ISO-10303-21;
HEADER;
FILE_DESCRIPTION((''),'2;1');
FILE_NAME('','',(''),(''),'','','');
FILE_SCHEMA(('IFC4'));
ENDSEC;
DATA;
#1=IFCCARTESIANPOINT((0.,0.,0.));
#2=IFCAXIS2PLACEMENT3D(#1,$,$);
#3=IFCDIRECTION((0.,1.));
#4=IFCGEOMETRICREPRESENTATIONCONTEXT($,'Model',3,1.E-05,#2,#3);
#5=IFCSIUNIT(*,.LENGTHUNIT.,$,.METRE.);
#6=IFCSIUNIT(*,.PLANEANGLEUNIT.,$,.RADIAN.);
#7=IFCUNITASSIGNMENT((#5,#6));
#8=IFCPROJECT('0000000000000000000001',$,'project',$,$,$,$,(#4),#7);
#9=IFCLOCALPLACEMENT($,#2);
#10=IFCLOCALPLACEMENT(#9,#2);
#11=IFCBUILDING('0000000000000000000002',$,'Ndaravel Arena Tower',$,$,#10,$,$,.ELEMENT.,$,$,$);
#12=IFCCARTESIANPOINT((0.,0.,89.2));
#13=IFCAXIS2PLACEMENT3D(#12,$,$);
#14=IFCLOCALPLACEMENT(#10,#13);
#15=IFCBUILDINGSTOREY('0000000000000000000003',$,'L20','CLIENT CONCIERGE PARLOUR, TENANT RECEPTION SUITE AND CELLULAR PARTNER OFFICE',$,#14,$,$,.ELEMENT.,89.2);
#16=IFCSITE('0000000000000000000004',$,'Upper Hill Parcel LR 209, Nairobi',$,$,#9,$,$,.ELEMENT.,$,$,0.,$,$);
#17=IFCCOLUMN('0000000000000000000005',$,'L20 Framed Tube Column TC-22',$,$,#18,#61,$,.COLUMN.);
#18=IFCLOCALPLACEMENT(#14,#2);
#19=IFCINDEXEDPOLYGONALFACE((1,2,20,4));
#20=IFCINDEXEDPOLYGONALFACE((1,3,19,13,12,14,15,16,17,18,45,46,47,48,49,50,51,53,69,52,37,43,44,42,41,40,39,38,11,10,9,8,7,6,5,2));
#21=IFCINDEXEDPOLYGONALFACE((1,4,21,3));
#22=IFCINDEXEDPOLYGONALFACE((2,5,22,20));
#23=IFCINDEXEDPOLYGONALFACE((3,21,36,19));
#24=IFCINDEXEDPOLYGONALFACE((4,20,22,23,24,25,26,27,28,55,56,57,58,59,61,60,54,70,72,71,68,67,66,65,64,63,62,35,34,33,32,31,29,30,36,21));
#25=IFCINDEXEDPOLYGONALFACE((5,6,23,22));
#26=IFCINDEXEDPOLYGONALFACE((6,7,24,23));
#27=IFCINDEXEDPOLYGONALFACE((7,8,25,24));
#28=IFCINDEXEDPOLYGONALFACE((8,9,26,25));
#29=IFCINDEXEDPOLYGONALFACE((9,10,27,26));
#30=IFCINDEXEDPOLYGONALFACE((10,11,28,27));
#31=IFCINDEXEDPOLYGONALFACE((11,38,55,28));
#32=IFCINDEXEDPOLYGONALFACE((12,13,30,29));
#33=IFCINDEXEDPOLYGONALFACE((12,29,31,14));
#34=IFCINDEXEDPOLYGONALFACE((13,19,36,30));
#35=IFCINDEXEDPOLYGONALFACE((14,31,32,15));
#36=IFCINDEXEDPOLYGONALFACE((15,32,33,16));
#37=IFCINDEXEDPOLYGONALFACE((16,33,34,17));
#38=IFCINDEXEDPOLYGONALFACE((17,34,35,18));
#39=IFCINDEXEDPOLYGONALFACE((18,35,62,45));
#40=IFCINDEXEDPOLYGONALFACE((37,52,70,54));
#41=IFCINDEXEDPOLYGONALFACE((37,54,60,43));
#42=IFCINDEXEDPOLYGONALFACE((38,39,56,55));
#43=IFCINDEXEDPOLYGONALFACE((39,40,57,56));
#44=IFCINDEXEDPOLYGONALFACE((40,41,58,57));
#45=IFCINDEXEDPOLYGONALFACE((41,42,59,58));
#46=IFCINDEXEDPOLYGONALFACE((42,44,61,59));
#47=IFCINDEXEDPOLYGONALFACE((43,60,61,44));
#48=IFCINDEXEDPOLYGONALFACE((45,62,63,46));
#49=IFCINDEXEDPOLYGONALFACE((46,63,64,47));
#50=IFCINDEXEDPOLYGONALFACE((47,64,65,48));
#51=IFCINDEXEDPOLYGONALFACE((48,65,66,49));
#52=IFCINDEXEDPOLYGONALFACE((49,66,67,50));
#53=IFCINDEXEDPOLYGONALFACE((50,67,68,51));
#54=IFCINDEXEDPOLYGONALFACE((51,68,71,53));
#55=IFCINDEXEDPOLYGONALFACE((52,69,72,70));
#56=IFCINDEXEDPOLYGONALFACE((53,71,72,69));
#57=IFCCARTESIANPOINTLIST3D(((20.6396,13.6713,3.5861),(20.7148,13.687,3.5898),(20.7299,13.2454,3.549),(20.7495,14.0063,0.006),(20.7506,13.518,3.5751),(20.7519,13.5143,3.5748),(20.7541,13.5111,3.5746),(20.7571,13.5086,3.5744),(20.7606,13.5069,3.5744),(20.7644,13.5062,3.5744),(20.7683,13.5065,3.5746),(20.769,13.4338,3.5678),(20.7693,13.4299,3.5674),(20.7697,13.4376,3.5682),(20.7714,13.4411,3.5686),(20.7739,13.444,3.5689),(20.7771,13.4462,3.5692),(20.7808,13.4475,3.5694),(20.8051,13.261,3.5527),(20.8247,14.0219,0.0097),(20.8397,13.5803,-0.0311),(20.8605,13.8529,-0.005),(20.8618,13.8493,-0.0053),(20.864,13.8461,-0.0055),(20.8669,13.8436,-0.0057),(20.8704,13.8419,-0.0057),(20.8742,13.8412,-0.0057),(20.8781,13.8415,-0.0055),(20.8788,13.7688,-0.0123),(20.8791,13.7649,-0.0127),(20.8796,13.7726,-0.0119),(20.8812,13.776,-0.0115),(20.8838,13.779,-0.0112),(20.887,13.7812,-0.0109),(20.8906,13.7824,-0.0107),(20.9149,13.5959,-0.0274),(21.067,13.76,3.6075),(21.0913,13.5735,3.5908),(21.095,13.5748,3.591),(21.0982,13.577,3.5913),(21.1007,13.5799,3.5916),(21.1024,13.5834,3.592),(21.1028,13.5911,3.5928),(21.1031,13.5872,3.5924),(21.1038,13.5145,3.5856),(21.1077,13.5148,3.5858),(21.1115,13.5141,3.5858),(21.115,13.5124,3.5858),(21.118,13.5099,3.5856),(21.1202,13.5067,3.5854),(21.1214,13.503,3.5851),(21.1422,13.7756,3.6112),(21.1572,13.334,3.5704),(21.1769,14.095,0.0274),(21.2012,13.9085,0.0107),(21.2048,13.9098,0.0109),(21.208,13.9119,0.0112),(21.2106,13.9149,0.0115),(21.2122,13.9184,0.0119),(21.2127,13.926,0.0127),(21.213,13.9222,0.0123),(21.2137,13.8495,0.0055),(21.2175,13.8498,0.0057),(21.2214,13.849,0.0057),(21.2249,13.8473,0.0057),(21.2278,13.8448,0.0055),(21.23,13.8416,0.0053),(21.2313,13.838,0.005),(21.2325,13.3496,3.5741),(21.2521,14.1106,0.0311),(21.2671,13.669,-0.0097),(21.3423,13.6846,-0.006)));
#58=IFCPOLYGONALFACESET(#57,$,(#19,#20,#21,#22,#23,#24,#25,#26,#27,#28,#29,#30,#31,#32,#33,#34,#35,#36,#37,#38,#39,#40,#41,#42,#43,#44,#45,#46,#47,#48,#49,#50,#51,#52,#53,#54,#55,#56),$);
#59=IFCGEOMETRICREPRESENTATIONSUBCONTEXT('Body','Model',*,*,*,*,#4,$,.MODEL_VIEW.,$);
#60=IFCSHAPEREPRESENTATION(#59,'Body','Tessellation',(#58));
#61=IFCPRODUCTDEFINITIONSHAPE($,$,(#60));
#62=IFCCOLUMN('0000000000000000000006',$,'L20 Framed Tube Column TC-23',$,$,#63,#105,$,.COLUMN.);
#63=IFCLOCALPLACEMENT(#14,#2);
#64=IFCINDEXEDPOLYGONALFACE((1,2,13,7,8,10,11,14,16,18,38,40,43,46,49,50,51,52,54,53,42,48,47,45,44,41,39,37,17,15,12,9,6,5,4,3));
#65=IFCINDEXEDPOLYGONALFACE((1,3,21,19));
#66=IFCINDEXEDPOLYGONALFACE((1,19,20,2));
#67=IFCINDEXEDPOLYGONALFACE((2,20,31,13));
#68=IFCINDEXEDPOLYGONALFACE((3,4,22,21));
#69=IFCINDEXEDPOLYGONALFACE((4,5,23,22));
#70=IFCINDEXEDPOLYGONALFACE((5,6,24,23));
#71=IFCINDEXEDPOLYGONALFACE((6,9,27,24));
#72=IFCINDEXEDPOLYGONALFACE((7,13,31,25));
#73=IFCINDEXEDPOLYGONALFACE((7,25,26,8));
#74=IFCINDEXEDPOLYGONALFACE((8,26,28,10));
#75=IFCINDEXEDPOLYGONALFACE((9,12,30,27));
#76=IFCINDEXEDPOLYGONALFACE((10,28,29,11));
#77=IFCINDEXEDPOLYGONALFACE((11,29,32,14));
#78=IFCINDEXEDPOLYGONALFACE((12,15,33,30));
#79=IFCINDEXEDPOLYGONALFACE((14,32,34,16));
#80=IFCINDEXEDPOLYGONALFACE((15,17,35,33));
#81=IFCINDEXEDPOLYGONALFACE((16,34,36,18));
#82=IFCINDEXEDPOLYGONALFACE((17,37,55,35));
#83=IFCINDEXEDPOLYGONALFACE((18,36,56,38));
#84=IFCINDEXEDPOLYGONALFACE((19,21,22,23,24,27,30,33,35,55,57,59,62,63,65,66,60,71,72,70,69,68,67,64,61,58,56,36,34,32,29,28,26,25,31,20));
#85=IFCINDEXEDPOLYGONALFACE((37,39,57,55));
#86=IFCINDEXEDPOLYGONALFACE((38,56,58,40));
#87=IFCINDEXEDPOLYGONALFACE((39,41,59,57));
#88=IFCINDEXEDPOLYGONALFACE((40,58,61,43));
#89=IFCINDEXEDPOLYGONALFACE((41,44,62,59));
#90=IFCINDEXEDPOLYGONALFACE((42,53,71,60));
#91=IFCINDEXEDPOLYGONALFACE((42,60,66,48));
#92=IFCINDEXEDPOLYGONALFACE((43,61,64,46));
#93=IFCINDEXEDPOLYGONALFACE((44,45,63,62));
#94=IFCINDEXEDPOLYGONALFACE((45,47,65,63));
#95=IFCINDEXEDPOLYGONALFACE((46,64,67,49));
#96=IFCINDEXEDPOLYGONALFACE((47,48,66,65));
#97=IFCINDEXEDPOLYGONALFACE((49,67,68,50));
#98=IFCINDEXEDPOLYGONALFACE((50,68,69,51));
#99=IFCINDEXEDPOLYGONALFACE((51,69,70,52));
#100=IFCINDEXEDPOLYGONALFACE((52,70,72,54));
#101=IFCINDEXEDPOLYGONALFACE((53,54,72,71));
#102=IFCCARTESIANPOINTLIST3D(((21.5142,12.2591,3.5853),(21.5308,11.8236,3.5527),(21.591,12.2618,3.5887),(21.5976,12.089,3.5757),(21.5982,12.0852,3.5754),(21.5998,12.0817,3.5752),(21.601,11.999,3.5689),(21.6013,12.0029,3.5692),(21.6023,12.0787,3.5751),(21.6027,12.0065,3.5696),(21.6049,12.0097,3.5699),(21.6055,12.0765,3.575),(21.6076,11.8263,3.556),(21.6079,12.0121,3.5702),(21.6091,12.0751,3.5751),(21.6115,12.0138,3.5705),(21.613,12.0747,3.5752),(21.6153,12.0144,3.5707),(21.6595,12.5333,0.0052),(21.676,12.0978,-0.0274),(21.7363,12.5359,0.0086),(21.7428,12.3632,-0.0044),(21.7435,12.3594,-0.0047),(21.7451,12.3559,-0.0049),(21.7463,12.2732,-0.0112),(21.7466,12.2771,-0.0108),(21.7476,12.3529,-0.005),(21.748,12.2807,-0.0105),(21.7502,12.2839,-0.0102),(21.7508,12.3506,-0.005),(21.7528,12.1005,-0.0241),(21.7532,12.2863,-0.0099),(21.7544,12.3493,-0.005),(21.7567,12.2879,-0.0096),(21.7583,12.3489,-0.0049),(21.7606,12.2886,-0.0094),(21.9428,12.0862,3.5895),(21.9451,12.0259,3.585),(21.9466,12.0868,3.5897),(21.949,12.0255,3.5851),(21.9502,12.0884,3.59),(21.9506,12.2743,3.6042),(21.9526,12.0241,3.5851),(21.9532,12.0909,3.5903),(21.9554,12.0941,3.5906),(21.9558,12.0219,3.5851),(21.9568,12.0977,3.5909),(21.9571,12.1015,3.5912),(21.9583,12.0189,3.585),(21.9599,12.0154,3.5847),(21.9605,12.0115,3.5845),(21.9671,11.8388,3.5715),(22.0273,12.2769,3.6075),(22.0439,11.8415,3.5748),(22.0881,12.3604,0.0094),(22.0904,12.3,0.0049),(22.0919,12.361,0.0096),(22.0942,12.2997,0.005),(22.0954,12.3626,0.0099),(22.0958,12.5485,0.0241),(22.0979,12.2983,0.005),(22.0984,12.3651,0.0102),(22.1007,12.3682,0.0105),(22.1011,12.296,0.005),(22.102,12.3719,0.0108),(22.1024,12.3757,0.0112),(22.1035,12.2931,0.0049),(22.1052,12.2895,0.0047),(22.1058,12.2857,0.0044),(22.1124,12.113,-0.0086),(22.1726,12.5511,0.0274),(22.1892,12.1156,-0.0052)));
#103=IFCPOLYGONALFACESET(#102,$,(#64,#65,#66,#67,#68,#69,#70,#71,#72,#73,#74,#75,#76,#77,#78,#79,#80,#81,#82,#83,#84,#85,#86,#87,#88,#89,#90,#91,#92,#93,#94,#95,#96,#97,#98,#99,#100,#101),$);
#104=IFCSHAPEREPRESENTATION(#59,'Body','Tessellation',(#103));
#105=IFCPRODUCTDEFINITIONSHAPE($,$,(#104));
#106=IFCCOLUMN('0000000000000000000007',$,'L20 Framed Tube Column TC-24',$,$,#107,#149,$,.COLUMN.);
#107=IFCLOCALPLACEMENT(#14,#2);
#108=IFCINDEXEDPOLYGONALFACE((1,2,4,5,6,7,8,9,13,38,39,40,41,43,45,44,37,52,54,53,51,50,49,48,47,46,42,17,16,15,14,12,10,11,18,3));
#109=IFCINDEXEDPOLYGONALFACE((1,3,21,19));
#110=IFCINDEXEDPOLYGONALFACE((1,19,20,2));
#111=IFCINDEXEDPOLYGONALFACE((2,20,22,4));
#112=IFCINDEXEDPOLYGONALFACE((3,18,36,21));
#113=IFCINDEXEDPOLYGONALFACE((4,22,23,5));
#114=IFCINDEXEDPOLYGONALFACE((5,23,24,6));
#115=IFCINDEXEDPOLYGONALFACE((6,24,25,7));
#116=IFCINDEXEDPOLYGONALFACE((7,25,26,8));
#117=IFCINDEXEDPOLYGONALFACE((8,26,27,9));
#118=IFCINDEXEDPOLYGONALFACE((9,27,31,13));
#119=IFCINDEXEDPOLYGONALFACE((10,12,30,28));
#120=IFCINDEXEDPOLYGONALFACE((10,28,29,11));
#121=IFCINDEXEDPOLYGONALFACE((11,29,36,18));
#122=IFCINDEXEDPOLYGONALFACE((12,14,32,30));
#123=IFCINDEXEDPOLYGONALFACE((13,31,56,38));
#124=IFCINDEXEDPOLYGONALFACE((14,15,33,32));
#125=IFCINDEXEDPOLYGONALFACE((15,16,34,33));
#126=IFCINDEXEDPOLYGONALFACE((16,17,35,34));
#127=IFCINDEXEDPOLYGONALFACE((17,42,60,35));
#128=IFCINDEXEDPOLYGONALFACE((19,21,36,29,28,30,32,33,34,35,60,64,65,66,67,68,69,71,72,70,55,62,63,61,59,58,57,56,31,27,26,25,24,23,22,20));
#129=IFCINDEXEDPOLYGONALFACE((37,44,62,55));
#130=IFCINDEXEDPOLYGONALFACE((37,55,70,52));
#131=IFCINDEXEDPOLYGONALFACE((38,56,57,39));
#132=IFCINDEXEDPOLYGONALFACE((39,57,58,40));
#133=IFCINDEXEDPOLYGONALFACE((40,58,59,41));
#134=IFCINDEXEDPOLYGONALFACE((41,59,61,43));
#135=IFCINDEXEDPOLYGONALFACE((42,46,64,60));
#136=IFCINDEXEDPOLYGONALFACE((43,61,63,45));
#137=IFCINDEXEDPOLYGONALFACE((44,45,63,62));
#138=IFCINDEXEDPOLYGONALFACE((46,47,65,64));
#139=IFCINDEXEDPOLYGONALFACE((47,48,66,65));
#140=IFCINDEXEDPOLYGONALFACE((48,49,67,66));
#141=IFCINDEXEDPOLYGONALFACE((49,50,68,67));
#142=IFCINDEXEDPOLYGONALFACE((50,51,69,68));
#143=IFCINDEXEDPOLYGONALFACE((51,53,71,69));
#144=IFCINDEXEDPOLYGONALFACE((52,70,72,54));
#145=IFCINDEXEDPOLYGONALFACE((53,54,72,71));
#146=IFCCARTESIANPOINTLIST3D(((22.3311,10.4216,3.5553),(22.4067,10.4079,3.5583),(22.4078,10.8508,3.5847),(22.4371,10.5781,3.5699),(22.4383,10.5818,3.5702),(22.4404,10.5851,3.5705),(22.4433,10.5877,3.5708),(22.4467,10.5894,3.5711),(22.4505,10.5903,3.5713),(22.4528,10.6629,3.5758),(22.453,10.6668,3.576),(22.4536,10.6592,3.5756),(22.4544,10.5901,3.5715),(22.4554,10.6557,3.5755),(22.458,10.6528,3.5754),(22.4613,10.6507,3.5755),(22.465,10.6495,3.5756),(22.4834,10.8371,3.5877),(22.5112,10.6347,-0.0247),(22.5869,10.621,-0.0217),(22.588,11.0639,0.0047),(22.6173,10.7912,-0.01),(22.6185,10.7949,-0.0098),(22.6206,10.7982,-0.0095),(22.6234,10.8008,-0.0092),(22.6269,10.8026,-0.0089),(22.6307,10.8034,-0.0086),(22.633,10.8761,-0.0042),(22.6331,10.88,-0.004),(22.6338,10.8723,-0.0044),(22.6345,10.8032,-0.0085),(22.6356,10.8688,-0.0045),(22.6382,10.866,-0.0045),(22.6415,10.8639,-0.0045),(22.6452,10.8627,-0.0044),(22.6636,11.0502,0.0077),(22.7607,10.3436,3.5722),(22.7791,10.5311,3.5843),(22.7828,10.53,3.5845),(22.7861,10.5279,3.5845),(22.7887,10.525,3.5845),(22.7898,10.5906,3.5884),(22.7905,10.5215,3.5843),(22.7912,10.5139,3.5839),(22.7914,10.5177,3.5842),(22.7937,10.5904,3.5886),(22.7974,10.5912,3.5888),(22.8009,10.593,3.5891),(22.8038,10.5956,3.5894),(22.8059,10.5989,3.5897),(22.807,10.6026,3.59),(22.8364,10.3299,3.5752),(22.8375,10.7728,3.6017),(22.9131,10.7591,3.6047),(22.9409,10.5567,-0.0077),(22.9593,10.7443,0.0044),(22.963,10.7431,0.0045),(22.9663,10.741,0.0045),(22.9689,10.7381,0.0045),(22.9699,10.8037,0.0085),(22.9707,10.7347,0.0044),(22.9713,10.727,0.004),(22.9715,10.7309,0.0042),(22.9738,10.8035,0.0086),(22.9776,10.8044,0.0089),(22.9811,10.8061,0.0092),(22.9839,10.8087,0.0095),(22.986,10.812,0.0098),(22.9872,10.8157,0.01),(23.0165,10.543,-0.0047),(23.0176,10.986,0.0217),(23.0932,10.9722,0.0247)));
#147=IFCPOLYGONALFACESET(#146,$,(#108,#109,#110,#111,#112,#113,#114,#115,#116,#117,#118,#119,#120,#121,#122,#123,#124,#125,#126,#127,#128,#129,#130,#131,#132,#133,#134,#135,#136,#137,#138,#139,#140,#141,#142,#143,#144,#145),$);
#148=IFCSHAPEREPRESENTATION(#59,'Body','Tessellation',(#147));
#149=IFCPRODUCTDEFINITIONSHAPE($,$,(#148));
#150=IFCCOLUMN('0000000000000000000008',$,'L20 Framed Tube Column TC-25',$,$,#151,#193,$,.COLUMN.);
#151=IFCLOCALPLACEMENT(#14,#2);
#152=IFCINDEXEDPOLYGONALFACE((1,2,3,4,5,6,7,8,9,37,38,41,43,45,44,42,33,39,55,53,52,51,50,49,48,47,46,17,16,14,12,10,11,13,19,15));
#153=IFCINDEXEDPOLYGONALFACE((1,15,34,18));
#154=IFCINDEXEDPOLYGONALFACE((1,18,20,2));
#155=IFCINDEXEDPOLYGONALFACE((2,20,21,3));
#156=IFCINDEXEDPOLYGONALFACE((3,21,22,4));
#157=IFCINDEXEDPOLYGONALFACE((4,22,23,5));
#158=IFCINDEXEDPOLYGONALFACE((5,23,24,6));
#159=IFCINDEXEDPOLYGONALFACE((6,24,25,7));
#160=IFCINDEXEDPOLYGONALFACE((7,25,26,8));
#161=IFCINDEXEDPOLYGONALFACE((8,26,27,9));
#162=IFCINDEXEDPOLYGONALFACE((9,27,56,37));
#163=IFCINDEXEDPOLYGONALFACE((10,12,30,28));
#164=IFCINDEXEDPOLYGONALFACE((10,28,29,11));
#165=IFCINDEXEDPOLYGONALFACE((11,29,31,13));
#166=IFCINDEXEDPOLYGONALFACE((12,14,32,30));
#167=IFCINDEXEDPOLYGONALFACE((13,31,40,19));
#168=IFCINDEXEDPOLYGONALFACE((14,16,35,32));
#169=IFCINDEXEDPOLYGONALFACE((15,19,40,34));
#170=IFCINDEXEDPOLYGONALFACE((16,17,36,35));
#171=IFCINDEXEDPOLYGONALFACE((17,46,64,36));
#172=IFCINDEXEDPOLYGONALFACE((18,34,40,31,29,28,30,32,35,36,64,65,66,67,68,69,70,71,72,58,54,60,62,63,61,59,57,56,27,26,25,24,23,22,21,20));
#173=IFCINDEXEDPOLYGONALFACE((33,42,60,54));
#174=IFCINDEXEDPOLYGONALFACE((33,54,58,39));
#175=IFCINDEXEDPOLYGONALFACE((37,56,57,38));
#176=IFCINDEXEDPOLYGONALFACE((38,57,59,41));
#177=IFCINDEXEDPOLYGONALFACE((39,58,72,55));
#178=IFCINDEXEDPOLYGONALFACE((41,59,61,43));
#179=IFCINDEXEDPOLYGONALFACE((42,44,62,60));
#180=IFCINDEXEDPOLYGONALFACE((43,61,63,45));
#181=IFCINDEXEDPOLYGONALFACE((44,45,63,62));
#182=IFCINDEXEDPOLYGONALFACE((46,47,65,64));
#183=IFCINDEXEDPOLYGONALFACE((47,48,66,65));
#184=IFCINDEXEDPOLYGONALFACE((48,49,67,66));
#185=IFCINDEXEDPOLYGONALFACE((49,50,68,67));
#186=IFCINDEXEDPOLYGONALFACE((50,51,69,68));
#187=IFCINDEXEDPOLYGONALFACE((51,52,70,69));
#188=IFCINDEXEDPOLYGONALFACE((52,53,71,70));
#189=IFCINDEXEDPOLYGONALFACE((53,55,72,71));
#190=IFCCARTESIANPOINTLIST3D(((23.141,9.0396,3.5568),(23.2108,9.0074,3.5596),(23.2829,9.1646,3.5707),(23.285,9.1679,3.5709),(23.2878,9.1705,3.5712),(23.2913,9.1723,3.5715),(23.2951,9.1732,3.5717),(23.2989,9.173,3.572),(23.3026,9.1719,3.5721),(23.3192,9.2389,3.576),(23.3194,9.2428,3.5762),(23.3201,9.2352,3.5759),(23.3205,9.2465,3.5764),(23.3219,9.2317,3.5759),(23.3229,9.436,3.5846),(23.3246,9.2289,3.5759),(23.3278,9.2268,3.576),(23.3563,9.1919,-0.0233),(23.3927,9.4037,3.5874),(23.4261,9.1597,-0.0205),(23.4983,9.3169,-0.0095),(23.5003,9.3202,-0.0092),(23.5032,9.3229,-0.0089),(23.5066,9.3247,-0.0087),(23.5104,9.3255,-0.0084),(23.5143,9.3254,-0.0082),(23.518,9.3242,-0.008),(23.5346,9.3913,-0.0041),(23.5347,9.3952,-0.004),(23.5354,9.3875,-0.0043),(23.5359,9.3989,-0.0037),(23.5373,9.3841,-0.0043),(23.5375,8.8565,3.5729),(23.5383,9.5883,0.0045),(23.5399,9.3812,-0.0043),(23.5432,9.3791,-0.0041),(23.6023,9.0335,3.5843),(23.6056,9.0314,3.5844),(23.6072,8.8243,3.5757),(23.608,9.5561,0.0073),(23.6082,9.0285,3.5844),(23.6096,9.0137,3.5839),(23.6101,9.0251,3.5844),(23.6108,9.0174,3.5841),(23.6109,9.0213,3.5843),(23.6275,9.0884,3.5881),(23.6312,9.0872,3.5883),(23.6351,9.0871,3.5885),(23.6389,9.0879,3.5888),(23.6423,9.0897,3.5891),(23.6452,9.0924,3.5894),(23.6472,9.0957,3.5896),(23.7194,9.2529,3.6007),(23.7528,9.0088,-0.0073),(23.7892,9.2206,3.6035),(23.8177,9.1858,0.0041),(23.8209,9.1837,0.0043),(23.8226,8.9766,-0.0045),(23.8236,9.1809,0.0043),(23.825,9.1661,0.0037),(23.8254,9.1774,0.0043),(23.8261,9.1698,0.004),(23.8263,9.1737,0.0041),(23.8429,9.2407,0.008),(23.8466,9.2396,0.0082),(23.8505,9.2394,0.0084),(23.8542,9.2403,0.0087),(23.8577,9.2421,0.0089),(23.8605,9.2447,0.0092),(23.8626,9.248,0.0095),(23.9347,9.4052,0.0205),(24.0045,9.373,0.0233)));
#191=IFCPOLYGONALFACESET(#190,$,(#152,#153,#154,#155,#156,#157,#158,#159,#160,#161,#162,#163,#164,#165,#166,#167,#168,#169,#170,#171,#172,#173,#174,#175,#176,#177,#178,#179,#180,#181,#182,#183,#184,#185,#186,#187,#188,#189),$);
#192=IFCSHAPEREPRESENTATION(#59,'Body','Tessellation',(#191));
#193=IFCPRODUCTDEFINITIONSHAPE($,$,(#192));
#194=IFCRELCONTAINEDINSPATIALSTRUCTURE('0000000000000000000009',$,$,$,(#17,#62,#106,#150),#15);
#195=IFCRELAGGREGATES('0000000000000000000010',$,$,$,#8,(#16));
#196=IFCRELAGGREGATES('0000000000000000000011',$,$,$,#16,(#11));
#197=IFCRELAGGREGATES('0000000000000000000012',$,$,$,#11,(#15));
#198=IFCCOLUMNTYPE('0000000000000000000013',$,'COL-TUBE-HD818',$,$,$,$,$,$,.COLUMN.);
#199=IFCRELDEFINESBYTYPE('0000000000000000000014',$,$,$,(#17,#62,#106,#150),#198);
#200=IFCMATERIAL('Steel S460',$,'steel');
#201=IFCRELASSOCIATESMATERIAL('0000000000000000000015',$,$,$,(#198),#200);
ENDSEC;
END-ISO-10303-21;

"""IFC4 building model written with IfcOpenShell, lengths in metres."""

from ifc_helpers import new_model, si_unit, direction, frame, origin, origin_2d, place, context, subcontext, project, spatial, i_section, extrude, material, material_profile, profile_set, type_object, element, save


model = new_model("IFC4")

# Units and contexts
model_context = context("Model", 3, precision=1e-05, world=origin(), true_north=direction((0.0, 1.0)))
body_context = subcontext(model_context, "Body", "Model", "MODEL_VIEW")
ifc_project = project(units=[si_unit("LENGTHUNIT", "METRE"), si_unit("PLANEANGLEUNIT", "RADIAN")], contexts=[model_context])

# Site, building, storey
site_placement = place(None, origin())
site = spatial("IfcSite", under=ifc_project, at=site_placement, Name="Upper Hill Parcel LR 209, Nairobi", CompositionType="ELEMENT", RefElevation=0.0)
building_placement = place(site_placement, origin())
building = spatial("IfcBuilding", under=site, at=building_placement, Name="Ndaravel Arena Tower", CompositionType="ELEMENT")
storey_placement = place(building_placement, frame((0.0, 0.0, 89.2)))
storey = spatial("IfcBuildingStorey", under=building, at=storey_placement, Name="L20", Description="CLIENT CONCIERGE PARLOUR, TENANT RECEPTION SUITE AND CELLULAR PARTNER OFFICE", CompositionType="ELEMENT", Elevation=89.2)

# Columns
ifc_material_1 = material(Name="Steel S460", Category="steel")
ifc_material_profile_1 = material_profile(ifc_material_1, i_section(OverallWidth=0.437, OverallDepth=0.5139, WebThickness=0.0605, FlangeThickness=0.0769, FilletRadius=0.0149, at=origin_2d()), Name="HD 400x818")
ifc_profile_set_1 = profile_set([ifc_material_profile_1], Name="Steel S460")
column_type = type_object("IfcColumnType", Name="COL-TUBE-HD818", PredefinedType="COLUMN", material=ifc_profile_set_1)
column_1_placement = place(storey_placement, frame((21.0459, 13.8455, 0.0), z_axis=(-0.03054, -0.093112, 0.995187), x_axis=(-0.206497, 0.97476, 0.084864)))
element("IfcColumn", 1, at=column_1_placement, inside=storey, type_object=column_type, Name="L20 Framed Tube Column TC-22", PredefinedType="COLUMN", context=body_context, shape_type="SweptSolid", body=[
    extrude(i_section(OverallWidth=0.437, OverallDepth=0.5139, WebThickness=0.0605, FlangeThickness=0.0769, FilletRadius=0.0149, at=origin_2d()), origin(), (0.0, 0.0, 1.0), 3.5974),
])
column_2_placement = place(storey_placement, frame((21.9243, 12.3245, 0.0), z_axis=(-0.040424, -0.076296, 0.996265), x_axis=(-0.037878, 0.996481, 0.074776)))
element("IfcColumn", 2, at=column_2_placement, inside=storey, type_object=column_type, Name="L20 Framed Tube Column TC-23", PredefinedType="COLUMN", context=body_context, shape_type="SweptSolid", body=[
    extrude(i_section(OverallWidth=0.437, OverallDepth=0.5139, WebThickness=0.0605, FlangeThickness=0.0769, FilletRadius=0.0149, at=origin_2d()), origin(), (0.0, 0.0, 1.0), 3.5935),
])
column_3_placement = place(storey_placement, frame((22.8022, 10.8035, 0.0), z_axis=(-0.050175, -0.059353, 0.996975), x_axis=(0.175563, 0.982165, 0.067307)))
element("IfcColumn", 3, at=column_3_placement, inside=storey, type_object=column_type, Name="L20 Framed Tube Column TC-24", PredefinedType="COLUMN", context=body_context, shape_type="SweptSolid", body=[
    extrude(i_section(OverallWidth=0.437, OverallDepth=0.5139, WebThickness=0.0605, FlangeThickness=0.0769, FilletRadius=0.0149, at=origin_2d()), origin(), (0.0, 0.0, 1.0), 3.5908),
])
column_4_placement = place(storey_placement, frame((23.6804, 9.2825, 0.0), z_axis=(-0.059985, -0.042438, 0.997297), x_axis=(0.416293, 0.907001, 0.063635)))
element("IfcColumn", 4, at=column_4_placement, inside=storey, type_object=column_type, Name="L20 Framed Tube Column TC-25", PredefinedType="COLUMN", context=body_context, shape_type="SweptSolid", body=[
    extrude(i_section(OverallWidth=0.437, OverallDepth=0.5139, WebThickness=0.0605, FlangeThickness=0.0769, FilletRadius=0.0149, at=origin_2d()), origin(), (0.0, 0.0, 1.0), 3.5898),
])

save(model, "model.ifc")
